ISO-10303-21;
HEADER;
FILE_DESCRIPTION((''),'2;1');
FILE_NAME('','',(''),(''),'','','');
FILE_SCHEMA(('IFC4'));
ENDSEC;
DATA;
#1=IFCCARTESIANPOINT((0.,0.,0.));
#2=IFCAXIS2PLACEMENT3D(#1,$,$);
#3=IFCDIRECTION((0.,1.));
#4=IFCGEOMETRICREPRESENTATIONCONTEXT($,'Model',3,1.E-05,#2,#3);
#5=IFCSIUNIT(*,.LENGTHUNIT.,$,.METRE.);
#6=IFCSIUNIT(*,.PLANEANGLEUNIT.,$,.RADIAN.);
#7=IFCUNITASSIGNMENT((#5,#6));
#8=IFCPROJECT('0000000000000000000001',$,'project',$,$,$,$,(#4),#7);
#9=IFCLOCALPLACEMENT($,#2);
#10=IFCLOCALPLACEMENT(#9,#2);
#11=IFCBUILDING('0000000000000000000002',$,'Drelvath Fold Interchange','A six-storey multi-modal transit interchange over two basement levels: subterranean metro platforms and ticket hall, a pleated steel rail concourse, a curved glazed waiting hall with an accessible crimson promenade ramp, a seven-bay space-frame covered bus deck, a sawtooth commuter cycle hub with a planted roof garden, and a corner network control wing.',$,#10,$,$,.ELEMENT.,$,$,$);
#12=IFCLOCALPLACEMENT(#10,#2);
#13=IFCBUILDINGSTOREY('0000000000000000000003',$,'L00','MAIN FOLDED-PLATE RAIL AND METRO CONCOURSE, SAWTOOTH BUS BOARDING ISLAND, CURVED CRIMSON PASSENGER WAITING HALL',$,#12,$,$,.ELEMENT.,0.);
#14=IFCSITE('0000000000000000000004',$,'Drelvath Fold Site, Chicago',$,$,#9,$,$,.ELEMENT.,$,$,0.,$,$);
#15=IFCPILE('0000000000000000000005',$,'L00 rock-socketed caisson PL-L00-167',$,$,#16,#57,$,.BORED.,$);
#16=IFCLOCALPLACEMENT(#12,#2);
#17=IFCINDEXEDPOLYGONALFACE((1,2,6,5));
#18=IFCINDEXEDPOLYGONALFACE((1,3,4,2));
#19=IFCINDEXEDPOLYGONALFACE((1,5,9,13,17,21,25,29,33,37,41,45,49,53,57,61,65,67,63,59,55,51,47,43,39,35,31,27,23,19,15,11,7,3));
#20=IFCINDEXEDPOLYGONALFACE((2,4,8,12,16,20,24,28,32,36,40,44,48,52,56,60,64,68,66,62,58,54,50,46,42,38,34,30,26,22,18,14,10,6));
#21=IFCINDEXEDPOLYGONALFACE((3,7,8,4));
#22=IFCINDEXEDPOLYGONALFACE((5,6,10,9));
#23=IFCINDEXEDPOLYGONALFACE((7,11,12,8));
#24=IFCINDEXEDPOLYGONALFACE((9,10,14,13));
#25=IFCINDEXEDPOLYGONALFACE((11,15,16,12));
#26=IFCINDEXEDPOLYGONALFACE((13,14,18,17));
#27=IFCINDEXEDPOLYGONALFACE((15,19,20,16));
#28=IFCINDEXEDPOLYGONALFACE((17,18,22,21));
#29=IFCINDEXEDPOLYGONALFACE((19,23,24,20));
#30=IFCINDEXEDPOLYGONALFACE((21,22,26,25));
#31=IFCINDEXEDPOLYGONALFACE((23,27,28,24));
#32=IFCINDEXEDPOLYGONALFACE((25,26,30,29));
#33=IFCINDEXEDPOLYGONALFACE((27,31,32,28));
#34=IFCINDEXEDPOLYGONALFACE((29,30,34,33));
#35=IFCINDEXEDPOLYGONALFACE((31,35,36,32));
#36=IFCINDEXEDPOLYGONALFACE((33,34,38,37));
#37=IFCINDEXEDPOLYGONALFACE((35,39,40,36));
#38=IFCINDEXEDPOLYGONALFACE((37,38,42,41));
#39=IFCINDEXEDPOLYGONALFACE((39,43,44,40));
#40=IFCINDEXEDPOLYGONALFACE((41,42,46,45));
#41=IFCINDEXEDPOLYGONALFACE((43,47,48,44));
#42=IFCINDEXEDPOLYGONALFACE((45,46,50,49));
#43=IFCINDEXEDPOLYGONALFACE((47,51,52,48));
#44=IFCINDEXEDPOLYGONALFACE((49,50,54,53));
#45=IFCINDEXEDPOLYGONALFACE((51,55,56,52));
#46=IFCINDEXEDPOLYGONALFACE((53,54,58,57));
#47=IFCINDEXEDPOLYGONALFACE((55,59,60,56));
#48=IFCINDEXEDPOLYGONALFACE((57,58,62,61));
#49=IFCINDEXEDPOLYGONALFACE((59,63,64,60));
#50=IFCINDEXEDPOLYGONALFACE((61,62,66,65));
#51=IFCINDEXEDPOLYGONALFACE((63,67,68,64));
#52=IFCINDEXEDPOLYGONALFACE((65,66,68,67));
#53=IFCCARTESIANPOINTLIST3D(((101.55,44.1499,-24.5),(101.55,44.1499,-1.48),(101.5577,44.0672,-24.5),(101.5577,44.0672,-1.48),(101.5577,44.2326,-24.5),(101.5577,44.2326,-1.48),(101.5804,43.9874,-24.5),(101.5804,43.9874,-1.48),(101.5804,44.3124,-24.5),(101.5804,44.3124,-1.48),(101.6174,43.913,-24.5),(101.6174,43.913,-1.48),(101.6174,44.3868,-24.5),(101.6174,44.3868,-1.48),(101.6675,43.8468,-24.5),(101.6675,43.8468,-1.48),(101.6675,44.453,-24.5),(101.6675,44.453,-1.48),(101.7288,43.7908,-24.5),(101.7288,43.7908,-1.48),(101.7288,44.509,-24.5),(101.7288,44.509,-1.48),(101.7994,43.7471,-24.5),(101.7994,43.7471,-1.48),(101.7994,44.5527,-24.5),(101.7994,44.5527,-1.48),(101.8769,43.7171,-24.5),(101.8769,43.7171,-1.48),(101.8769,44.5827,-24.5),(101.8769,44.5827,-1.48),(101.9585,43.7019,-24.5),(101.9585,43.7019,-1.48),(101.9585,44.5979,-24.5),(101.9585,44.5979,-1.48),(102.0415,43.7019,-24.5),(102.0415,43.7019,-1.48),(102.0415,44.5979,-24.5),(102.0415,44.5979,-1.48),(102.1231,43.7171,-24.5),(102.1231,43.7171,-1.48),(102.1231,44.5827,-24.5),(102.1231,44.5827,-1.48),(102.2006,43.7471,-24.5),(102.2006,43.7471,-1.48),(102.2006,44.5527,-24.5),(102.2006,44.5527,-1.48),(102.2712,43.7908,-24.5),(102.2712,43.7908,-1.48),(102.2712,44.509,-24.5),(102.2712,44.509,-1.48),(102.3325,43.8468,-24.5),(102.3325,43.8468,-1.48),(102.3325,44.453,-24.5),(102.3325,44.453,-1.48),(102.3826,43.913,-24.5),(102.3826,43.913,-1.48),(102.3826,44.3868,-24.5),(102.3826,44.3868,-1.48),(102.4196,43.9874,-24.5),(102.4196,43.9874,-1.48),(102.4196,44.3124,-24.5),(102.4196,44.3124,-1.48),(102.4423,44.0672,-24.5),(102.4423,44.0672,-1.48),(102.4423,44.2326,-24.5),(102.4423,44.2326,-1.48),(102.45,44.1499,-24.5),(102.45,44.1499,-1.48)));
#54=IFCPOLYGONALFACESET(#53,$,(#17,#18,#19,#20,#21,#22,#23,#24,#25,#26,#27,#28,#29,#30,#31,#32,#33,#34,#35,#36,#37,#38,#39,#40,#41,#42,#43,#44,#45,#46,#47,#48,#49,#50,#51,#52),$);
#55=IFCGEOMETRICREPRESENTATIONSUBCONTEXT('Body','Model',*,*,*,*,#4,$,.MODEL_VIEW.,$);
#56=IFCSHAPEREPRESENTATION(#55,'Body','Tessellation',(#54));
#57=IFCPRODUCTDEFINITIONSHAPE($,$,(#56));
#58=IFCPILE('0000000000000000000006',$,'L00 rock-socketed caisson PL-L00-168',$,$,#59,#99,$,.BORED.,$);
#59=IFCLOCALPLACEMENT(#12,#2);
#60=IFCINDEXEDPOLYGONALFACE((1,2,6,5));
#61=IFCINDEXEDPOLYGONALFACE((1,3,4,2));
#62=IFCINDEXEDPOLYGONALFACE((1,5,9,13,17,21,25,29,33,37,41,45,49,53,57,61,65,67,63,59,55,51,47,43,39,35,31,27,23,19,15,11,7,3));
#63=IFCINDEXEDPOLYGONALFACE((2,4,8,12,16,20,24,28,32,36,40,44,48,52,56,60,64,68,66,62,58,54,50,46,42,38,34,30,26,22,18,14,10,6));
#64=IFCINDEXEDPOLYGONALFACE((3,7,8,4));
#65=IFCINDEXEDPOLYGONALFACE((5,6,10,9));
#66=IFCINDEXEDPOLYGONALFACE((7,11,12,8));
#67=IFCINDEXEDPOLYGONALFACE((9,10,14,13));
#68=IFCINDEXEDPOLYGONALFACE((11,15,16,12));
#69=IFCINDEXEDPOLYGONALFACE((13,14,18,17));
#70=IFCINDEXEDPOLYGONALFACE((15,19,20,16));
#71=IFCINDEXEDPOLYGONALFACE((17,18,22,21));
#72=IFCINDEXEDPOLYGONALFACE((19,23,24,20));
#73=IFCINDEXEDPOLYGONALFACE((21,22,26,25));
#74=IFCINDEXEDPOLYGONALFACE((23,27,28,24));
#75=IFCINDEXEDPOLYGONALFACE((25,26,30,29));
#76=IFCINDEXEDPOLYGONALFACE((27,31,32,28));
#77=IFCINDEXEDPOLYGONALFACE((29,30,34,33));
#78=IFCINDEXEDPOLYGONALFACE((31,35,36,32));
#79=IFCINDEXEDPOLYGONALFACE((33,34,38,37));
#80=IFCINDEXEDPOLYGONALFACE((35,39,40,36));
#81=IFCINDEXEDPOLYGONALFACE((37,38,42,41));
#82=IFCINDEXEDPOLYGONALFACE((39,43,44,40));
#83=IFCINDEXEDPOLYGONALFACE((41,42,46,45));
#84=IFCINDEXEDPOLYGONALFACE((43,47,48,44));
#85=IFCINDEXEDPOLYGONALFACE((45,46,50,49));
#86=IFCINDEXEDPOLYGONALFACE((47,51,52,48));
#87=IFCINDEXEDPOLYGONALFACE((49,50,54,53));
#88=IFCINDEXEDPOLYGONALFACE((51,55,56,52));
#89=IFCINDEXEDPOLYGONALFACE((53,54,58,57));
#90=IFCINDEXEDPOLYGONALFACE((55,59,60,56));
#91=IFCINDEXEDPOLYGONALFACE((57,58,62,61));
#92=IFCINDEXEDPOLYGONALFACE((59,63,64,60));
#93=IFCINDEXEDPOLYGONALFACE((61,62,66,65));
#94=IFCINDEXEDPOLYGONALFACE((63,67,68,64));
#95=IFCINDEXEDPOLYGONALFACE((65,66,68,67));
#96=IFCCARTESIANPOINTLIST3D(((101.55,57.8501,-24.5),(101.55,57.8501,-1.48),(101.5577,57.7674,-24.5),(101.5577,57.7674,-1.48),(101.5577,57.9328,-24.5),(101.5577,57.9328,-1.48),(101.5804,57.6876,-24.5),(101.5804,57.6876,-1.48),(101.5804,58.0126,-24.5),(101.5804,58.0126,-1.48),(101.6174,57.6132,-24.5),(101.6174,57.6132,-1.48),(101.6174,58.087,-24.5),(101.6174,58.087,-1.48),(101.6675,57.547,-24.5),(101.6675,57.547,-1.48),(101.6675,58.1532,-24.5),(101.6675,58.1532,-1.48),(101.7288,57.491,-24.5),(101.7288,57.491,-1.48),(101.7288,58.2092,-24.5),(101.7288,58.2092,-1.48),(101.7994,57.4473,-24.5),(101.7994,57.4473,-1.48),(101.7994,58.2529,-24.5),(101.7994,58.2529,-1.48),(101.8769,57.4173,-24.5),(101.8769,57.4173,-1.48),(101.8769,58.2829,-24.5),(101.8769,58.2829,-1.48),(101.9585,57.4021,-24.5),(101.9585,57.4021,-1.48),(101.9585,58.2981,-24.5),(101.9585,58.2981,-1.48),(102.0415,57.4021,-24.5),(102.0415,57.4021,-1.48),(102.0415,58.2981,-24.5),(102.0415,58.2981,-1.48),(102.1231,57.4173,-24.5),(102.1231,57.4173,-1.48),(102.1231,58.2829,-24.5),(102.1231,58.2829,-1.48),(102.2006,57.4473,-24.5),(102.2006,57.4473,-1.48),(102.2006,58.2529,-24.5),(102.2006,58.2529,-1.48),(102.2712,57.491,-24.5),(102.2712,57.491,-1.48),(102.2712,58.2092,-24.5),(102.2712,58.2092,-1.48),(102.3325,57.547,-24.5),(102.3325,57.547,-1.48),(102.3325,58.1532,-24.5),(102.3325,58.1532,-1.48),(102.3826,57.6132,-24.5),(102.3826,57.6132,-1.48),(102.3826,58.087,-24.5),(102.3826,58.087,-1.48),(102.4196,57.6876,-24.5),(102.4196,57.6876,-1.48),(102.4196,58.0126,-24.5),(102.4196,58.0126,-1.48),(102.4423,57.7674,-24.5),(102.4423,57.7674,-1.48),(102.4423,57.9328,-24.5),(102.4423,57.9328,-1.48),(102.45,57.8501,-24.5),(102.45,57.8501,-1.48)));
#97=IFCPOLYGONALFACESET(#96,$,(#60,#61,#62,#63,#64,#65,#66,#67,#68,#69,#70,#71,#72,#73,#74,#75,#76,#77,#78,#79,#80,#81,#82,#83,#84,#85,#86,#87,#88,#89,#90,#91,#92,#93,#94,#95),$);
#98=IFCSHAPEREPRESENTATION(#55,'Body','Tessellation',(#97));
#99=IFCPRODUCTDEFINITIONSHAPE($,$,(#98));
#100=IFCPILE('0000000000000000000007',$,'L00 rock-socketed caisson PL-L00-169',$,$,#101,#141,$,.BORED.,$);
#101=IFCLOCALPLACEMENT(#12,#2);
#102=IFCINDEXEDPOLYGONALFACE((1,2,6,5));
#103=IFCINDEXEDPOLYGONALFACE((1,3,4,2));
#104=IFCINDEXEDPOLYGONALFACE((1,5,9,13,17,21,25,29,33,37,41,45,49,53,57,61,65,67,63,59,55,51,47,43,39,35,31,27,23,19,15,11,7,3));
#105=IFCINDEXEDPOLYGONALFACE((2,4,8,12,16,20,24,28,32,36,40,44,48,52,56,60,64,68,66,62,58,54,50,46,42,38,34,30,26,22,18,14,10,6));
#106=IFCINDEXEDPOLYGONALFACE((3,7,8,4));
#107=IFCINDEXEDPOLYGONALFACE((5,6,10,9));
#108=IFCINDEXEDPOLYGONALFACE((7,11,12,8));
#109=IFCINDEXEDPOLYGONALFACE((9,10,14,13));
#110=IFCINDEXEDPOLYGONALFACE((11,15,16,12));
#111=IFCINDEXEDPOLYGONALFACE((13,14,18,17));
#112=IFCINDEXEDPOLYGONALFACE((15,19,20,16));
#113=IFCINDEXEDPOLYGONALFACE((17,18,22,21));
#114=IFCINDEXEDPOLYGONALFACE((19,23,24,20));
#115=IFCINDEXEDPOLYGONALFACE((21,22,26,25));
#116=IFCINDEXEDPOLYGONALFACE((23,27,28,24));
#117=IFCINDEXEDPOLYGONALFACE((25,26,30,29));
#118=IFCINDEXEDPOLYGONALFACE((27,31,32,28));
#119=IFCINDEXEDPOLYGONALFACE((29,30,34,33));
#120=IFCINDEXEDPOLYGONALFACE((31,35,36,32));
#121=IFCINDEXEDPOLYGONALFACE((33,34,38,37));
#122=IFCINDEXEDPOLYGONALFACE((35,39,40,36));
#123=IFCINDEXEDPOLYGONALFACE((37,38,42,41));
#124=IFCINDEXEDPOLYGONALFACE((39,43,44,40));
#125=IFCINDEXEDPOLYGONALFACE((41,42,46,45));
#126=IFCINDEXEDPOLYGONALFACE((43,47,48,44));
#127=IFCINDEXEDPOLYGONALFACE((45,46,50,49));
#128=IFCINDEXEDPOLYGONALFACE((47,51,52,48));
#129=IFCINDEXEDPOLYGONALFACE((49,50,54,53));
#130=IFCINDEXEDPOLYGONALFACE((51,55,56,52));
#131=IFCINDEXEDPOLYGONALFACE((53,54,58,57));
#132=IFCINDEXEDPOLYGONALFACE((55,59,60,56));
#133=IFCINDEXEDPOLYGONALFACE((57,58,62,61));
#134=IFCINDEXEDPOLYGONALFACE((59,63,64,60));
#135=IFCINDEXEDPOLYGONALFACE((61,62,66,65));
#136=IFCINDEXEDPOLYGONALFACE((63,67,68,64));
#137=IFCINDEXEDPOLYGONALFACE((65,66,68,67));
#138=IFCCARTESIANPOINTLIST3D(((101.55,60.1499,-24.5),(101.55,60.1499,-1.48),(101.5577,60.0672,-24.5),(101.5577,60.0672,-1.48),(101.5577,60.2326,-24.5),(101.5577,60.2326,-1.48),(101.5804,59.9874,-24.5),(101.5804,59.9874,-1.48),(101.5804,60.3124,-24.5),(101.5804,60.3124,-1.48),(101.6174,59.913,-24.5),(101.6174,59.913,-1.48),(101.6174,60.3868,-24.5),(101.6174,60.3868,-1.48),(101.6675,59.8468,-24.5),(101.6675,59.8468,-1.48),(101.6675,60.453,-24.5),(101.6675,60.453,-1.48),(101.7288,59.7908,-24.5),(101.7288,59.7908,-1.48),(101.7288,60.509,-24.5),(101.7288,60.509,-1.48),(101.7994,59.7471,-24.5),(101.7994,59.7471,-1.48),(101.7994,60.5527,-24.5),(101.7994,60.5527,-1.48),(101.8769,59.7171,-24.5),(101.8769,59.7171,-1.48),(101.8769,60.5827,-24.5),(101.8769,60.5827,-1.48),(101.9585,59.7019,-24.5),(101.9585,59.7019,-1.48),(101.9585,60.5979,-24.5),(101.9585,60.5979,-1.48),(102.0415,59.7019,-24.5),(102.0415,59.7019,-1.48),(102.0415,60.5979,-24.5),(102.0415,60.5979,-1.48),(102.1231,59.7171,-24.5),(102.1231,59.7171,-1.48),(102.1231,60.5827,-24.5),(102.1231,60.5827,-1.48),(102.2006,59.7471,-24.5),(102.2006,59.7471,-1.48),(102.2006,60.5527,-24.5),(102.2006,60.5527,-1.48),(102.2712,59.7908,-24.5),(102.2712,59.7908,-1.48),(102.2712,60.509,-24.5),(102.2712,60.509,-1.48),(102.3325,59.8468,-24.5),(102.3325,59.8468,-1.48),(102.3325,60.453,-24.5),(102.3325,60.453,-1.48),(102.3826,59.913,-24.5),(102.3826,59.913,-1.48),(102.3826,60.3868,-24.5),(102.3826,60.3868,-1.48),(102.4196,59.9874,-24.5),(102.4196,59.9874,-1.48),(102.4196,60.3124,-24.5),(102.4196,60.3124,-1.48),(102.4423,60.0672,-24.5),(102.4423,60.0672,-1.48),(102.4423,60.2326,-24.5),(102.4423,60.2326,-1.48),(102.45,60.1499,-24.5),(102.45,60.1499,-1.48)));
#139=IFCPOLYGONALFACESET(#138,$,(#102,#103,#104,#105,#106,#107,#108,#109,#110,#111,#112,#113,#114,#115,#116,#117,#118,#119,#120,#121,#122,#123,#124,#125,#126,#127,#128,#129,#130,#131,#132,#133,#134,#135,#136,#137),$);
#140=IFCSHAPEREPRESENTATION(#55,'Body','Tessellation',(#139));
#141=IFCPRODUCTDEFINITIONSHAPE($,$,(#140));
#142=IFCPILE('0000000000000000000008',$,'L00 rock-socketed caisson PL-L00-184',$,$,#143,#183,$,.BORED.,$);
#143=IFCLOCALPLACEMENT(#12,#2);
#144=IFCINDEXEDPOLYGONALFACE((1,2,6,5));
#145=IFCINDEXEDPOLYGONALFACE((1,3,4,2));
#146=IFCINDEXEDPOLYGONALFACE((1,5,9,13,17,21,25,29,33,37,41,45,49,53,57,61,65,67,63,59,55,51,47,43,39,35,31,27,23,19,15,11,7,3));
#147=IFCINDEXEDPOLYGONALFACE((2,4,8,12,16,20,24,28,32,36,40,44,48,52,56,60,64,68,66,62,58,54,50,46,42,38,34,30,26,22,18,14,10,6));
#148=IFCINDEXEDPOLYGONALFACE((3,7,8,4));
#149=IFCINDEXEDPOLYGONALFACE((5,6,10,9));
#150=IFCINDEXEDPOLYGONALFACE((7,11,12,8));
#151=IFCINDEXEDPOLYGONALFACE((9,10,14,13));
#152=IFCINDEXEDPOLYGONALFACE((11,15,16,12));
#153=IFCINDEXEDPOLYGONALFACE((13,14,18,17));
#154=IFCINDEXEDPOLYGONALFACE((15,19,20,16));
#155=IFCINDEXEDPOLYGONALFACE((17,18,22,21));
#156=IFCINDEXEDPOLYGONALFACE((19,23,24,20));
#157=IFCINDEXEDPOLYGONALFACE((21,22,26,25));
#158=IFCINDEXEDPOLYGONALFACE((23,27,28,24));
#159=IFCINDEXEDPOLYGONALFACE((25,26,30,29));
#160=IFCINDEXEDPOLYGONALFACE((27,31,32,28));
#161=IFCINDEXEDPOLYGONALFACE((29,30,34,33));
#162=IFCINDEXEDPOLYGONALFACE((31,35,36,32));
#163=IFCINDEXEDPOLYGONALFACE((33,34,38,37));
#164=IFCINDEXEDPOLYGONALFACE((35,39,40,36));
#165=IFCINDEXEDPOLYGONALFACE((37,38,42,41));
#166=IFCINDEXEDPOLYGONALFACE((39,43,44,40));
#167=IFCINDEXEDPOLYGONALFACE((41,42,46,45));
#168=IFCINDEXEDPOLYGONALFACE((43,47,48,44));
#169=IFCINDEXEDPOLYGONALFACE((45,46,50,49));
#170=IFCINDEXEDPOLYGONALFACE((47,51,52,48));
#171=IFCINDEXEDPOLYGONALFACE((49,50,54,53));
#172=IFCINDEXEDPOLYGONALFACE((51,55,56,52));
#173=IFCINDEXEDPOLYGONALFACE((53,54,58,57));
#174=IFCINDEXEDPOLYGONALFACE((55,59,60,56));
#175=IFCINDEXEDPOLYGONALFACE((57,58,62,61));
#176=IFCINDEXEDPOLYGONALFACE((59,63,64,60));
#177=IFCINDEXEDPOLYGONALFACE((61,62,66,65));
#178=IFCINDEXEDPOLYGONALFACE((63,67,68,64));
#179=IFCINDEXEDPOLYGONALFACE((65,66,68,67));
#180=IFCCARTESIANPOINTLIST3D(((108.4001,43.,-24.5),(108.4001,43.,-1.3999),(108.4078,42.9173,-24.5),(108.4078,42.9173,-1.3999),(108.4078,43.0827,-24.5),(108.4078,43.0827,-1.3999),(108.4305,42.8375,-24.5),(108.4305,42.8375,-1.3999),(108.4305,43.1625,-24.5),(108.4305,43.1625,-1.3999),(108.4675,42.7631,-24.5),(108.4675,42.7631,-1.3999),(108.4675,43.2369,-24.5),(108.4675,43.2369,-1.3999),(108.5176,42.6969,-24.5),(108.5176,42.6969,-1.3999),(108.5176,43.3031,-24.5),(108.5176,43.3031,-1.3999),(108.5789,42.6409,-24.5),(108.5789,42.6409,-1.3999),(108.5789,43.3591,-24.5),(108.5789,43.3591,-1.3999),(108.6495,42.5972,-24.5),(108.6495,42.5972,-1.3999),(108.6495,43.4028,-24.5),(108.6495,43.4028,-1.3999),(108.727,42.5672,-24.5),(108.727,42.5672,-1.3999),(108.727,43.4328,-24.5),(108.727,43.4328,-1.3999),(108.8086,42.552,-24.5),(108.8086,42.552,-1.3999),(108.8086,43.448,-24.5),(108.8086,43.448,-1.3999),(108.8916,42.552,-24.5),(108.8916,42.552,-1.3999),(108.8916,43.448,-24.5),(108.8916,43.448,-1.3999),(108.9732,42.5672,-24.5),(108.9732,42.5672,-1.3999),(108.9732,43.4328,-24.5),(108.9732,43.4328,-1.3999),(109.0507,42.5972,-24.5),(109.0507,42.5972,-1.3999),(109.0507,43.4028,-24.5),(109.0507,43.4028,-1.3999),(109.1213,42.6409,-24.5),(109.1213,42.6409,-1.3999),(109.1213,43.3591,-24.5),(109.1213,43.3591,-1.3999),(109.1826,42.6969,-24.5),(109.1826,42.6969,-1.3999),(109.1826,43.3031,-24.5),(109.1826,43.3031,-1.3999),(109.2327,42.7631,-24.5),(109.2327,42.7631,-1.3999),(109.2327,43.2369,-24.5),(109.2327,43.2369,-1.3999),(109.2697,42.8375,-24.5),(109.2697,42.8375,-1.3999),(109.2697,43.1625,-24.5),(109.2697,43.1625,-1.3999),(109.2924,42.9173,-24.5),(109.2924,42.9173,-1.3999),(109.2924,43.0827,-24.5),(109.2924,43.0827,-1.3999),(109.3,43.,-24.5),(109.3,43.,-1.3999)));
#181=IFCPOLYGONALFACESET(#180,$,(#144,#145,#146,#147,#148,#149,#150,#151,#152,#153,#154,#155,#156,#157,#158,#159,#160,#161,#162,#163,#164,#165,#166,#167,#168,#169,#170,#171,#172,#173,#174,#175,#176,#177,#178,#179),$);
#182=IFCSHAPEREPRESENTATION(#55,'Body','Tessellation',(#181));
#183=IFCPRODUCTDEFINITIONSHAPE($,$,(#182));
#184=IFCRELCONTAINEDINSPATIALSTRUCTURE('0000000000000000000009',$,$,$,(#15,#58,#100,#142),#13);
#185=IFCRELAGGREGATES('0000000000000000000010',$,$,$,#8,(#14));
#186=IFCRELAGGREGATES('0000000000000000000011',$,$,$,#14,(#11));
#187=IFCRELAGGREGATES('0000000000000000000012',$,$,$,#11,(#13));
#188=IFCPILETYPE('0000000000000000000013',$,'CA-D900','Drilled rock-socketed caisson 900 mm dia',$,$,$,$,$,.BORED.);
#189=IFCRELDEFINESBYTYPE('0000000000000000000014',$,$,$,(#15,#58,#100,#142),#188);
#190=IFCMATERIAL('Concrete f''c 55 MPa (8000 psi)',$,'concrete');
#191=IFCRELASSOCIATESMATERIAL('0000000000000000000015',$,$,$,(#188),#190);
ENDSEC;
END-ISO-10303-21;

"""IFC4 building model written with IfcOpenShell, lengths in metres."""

from ifc_helpers import new_model, si_unit, direction, frame, origin, origin_2d, place, context, subcontext, project, spatial, circle, extrude, material, material_profile, profile_set, type_object, element, save


model = new_model("IFC4")

# Units and contexts
model_context = context("Model", 3, precision=1e-05, world=origin(), true_north=direction((0.0, 1.0)))
body_context = subcontext(model_context, "Body", "Model", "MODEL_VIEW")
ifc_project = project(units=[si_unit("LENGTHUNIT", "METRE"), si_unit("PLANEANGLEUNIT", "RADIAN")], contexts=[model_context])

# Site, building, storey
site_placement = place(None, origin())
site = spatial("IfcSite", under=ifc_project, at=site_placement, Name="Drelvath Fold Site, Chicago", CompositionType="ELEMENT", RefElevation=0.0)
building_placement = place(site_placement, origin())
building = spatial("IfcBuilding", under=site, at=building_placement, Name="Drelvath Fold Interchange", Description="A six-storey multi-modal transit interchange over two basement levels: subterranean metro platforms and ticket hall, a pleated steel rail concourse, a curved glazed waiting hall with an accessible crimson promenade ramp, a seven-bay space-frame covered bus deck, a sawtooth commuter cycle hub with a planted roof garden, and a corner network control wing.", CompositionType="ELEMENT")
storey_placement = place(building_placement, origin())
storey = spatial("IfcBuildingStorey", under=building, at=storey_placement, Name="L00", Description="MAIN FOLDED-PLATE RAIL AND METRO CONCOURSE, SAWTOOTH BUS BOARDING ISLAND, CURVED CRIMSON PASSENGER WAITING HALL", CompositionType="ELEMENT", Elevation=0.0)

# Piles
ifc_material_1 = material(Name="Concrete f'c 55 MPa (8000 psi)", Category="concrete")
ifc_material_profile_1 = material_profile(ifc_material_1, circle(Radius=0.45, at=origin_2d()), Name="CAISSON D900")
ifc_profile_set_1 = profile_set([ifc_material_profile_1], Name="Concrete f'c 55 MPa (8000 psi)")
pile_type = type_object("IfcPileType", Name="CA-D900", Description="Drilled rock-socketed caisson 900 mm dia", PredefinedType="BORED", material=ifc_profile_set_1)
for number, where, z_axis, x_axis, name in (
    (1, (102.0, 44.1499, -1.48), (0.0, 0.0, -1.0), (1.0, 0.0, 0.0), "L00 rock-socketed caisson PL-L00-167"),
    (2, (102.0, 57.8501, -1.48), (0.0, 0.0, -1.0), (1.0, 0.0, 0.0), "L00 rock-socketed caisson PL-L00-168"),
    (3, (102.0, 60.1499, -1.48), (0.0, 0.0, -1.0), (1.0, 0.0, 0.0), "L00 rock-socketed caisson PL-L00-169"),
):
    element("IfcPile", number, at=place(storey_placement, frame(where, z_axis=z_axis, x_axis=x_axis)), inside=storey, type_object=pile_type, Name=name, PredefinedType="BORED", context=body_context, shape_type="SweptSolid", body=[
        extrude(circle(Radius=0.45, at=origin_2d()), origin(), (0.0, 0.0, 1.0), 23.02),
    ])
for number, where, z_axis, x_axis, name in (
    (4, (108.8501, 43.0, -1.3999), (0.0, 0.0, -1.0), (1.0, 0.0, 0.0), "L00 rock-socketed caisson PL-L00-184"),
):
    element("IfcPile", number, at=place(storey_placement, frame(where, z_axis=z_axis, x_axis=x_axis)), inside=storey, type_object=pile_type, Name=name, PredefinedType="BORED", context=body_context, shape_type="SweptSolid", body=[
        extrude(circle(Radius=0.45, at=origin_2d()), origin(), (0.0, 0.0, 1.0), 23.1001),
    ])

save(model, "model.ifc")
